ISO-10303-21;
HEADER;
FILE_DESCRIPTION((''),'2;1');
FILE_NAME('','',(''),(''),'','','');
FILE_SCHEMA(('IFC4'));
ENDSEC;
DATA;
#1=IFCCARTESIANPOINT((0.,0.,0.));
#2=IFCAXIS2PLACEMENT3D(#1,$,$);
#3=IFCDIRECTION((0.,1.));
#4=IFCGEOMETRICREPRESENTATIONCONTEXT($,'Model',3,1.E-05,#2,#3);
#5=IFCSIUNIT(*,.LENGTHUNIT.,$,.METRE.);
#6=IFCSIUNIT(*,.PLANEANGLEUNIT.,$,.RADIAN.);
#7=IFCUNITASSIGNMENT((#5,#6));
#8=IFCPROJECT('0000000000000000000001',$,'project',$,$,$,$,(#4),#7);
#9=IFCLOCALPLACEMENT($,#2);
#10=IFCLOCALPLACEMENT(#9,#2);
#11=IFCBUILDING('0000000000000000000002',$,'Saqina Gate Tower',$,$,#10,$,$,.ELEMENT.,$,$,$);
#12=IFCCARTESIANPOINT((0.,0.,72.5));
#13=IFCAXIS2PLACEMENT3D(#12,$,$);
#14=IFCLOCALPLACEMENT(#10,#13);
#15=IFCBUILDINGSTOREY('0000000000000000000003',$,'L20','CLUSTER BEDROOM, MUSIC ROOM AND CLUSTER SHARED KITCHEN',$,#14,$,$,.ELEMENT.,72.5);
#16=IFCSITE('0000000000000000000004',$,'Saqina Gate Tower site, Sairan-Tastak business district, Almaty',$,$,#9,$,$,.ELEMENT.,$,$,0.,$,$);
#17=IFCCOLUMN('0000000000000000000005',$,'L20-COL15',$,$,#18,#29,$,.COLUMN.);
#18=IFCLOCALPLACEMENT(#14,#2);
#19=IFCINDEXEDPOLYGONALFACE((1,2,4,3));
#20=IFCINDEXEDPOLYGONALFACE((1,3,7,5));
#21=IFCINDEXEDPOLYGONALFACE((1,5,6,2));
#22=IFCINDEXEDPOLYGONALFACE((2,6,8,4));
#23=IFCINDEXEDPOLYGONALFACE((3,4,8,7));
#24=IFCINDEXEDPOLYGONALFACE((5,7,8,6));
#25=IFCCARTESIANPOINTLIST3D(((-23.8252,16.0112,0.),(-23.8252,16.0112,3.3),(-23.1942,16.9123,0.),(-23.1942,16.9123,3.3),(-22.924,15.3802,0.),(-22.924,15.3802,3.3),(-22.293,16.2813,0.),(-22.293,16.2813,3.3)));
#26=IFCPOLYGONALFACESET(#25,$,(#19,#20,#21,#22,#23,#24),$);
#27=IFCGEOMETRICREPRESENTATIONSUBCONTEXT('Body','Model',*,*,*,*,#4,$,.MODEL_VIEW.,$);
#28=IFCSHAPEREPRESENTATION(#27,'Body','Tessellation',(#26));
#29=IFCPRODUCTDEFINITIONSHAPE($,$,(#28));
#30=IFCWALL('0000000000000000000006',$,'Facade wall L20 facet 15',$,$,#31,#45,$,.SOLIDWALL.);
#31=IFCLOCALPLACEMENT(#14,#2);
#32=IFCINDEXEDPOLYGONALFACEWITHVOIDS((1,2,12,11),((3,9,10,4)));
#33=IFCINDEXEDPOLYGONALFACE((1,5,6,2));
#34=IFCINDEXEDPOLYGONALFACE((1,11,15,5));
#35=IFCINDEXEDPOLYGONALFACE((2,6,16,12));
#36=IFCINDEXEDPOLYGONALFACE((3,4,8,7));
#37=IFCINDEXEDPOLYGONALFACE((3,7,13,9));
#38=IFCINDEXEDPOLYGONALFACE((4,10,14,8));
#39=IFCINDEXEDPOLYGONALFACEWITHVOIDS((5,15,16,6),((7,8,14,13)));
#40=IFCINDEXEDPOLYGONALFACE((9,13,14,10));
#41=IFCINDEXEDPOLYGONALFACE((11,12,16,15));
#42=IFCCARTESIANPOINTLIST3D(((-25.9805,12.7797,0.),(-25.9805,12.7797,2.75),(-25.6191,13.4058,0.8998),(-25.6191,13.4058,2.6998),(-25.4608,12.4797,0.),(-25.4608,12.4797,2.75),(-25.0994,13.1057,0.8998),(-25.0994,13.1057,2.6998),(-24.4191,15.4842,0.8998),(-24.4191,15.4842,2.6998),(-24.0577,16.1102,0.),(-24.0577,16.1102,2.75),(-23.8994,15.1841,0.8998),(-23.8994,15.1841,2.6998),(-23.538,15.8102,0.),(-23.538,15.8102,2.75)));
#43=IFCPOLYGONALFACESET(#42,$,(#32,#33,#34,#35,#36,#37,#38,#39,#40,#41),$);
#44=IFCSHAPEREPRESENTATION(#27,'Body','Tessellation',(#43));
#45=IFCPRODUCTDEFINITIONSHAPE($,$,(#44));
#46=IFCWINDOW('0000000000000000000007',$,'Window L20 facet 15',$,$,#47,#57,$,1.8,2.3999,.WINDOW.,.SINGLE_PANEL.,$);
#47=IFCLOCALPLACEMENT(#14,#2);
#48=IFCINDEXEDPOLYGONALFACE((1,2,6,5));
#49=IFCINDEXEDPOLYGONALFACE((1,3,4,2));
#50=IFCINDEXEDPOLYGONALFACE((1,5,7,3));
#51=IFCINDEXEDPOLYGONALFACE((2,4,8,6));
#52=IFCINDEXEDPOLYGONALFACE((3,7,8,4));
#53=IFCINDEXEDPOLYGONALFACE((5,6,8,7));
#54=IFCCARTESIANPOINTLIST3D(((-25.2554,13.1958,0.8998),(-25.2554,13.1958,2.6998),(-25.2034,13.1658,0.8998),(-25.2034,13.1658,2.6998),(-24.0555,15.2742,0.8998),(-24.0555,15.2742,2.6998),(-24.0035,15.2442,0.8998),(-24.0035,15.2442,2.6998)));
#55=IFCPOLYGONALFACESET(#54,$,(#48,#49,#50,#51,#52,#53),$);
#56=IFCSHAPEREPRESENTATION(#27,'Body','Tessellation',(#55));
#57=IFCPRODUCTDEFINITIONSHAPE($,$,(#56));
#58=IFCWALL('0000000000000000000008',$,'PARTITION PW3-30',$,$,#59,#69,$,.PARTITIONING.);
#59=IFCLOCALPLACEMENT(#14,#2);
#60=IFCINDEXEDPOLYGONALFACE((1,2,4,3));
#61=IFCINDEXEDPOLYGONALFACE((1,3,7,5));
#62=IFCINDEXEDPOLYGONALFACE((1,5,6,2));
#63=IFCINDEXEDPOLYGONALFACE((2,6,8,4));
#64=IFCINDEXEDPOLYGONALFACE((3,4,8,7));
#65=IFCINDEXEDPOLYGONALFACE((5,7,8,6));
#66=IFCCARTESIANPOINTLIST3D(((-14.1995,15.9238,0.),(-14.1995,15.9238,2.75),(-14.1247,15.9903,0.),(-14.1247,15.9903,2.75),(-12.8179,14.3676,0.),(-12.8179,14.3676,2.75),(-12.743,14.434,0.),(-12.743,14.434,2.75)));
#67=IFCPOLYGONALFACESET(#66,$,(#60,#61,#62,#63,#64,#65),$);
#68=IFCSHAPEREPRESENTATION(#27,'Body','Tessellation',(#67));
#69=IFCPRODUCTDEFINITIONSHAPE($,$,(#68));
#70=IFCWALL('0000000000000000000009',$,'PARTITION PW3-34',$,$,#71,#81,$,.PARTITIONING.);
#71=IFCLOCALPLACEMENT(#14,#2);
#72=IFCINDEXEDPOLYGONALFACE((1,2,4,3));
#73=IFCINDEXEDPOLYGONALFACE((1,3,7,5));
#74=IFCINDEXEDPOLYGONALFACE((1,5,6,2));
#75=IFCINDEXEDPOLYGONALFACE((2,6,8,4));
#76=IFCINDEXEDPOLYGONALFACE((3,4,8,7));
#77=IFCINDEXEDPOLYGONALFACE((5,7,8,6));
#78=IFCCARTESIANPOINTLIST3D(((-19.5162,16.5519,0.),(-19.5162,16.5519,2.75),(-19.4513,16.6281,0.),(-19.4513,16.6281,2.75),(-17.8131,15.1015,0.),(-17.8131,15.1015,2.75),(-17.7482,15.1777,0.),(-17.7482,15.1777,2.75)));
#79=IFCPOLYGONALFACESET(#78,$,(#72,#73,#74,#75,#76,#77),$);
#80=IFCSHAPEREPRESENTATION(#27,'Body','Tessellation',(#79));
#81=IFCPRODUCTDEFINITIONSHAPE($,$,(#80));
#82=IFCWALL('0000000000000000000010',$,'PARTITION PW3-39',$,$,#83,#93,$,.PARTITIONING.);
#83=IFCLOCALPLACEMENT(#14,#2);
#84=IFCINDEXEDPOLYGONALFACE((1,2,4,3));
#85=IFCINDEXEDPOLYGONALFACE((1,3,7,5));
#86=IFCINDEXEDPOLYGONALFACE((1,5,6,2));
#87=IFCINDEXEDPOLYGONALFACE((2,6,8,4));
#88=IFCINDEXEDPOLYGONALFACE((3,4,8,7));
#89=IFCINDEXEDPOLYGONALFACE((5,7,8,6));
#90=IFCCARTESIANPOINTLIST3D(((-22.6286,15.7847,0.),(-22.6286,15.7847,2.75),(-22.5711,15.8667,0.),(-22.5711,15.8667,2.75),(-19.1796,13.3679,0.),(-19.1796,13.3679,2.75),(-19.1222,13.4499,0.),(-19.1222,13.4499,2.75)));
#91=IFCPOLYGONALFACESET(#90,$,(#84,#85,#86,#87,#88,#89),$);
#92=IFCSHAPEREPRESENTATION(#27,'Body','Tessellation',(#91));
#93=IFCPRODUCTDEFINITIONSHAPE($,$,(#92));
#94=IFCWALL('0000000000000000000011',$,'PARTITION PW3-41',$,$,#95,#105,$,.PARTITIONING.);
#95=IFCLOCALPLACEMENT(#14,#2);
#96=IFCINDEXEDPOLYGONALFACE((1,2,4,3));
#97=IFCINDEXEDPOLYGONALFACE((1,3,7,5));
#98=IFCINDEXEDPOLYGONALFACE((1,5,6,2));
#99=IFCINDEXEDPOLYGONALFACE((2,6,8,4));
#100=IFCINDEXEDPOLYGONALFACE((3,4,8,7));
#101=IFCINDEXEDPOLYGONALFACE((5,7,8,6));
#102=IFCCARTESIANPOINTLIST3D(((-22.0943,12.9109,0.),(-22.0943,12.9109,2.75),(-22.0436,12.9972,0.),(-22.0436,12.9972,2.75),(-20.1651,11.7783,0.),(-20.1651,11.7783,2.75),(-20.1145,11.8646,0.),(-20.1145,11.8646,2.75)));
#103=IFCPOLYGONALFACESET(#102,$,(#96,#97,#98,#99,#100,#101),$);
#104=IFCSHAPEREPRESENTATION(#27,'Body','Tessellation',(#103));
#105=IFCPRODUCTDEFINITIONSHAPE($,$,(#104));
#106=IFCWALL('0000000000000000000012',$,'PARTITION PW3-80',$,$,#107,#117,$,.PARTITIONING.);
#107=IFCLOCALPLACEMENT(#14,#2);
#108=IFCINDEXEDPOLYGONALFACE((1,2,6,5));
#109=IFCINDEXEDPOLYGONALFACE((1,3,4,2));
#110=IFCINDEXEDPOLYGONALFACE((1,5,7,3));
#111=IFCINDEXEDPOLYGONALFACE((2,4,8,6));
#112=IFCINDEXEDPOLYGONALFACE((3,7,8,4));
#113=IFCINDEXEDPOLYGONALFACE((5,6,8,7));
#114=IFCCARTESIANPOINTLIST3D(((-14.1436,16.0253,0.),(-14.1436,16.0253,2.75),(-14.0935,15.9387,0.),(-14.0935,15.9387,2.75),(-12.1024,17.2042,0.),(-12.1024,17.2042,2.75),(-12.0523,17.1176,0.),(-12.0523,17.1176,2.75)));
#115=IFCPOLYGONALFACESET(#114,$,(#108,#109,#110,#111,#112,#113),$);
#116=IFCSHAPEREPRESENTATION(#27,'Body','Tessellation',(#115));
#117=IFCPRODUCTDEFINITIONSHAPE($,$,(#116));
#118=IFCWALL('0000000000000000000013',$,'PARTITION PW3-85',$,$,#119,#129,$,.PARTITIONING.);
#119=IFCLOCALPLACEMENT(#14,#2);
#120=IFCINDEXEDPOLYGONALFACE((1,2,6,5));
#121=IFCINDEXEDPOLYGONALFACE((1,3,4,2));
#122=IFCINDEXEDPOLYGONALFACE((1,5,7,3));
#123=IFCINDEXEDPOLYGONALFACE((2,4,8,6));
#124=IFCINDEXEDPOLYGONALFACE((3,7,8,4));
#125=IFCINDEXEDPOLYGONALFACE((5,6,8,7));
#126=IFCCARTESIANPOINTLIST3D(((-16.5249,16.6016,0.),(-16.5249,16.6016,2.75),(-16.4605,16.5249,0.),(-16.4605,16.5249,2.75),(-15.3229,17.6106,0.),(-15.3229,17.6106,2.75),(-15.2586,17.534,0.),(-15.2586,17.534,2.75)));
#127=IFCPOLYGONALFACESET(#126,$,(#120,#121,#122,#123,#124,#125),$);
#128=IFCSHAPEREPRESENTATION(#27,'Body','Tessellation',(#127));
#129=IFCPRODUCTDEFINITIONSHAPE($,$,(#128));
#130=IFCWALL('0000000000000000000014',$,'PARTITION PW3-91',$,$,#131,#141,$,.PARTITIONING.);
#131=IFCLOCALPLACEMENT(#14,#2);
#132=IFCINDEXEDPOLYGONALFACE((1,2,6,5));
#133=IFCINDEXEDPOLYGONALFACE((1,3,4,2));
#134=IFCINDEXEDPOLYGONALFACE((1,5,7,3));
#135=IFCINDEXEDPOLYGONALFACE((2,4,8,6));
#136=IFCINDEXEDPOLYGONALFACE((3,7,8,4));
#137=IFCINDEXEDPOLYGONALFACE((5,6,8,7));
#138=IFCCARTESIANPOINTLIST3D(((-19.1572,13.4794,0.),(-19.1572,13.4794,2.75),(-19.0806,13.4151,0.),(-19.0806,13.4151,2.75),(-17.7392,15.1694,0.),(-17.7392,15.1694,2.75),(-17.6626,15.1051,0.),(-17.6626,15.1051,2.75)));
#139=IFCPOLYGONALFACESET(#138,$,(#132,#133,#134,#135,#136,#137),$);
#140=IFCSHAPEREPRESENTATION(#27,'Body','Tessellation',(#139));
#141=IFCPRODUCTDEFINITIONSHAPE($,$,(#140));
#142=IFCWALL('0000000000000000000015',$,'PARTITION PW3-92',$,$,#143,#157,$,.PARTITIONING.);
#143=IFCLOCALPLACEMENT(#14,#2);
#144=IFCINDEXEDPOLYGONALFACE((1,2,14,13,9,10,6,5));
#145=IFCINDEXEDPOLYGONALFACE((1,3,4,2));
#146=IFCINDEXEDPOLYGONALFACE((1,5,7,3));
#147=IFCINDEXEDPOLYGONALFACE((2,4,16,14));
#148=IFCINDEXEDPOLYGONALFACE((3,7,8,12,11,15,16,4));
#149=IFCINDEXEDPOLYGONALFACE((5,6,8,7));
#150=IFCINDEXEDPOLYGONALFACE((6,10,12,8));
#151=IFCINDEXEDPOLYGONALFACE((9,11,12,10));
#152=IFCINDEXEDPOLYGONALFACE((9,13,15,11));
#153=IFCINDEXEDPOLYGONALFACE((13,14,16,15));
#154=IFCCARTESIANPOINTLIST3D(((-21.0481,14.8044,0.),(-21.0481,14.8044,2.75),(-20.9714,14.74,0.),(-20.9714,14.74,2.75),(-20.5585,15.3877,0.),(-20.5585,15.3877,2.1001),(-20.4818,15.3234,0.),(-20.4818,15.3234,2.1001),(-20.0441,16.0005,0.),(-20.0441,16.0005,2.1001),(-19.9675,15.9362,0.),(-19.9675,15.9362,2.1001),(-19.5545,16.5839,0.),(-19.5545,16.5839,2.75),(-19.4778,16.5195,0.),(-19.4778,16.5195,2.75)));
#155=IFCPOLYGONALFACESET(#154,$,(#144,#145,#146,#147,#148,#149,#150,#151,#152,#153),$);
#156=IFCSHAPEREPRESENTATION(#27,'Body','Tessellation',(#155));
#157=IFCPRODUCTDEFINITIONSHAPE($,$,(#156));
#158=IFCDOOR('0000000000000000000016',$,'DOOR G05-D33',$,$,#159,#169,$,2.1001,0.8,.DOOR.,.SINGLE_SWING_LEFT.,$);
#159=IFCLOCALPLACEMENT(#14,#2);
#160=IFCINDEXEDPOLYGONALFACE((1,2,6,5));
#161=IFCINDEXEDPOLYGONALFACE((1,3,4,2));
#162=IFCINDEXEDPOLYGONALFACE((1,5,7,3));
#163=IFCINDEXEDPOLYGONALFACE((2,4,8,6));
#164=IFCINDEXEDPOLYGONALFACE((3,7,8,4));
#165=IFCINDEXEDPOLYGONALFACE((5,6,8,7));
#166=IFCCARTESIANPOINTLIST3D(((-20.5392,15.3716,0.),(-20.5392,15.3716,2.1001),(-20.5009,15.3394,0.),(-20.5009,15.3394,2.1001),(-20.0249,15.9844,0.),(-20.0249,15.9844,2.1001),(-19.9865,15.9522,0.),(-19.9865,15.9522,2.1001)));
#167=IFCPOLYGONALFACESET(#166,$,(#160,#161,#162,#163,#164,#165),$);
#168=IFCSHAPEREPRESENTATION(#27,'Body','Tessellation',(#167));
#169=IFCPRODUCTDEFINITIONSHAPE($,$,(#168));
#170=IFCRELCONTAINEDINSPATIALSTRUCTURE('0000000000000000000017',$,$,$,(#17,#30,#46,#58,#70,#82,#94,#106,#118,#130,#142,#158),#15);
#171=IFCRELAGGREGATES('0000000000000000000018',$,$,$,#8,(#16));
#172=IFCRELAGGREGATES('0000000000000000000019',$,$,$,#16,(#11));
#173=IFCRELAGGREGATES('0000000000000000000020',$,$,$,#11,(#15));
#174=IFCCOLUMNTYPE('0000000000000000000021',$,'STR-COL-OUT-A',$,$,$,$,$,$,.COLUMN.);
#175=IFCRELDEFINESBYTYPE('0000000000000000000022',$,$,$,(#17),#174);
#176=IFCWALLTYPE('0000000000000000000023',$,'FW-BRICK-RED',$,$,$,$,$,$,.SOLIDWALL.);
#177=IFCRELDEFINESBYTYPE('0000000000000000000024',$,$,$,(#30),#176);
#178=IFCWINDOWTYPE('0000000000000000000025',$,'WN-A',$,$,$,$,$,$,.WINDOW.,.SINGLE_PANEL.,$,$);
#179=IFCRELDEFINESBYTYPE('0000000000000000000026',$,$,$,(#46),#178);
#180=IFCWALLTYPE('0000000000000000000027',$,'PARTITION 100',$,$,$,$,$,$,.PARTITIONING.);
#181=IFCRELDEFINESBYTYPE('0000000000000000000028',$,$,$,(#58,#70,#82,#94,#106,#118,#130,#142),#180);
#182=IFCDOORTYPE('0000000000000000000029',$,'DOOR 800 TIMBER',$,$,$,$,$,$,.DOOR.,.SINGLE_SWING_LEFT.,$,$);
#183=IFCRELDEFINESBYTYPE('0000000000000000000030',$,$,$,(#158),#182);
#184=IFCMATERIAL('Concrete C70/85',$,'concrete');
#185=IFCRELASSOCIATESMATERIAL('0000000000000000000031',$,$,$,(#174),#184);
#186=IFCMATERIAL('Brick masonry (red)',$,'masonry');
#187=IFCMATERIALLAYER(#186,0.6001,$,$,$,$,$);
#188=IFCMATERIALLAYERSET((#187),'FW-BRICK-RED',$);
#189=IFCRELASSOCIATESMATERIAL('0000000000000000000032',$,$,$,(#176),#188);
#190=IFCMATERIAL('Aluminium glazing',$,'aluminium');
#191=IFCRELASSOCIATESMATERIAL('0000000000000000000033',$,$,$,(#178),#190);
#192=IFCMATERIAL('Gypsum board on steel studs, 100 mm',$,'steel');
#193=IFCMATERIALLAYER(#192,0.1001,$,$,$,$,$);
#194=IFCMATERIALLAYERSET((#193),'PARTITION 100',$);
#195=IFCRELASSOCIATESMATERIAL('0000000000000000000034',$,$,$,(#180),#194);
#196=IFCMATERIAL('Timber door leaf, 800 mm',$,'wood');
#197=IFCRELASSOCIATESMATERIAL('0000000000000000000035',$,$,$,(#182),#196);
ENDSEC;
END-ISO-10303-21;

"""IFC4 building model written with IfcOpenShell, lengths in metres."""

from ifc_helpers import new_model, si_unit, direction, frame, frame_2d, origin, origin_2d, place, context, subcontext, project, spatial, rectangle, extrude, material, layer, layer_set, material_profile, profile_set, type_object, element, fill, save


model = new_model("IFC4")

# Units and contexts
model_context = context("Model", 3, precision=1e-05, world=origin(), true_north=direction((0.0, 1.0)))
body_context = subcontext(model_context, "Body", "Model", "MODEL_VIEW")
ifc_project = project(units=[si_unit("LENGTHUNIT", "METRE"), si_unit("PLANEANGLEUNIT", "RADIAN")], contexts=[model_context])

# Site, building, storey
site_placement = place(None, origin())
site = spatial("IfcSite", under=ifc_project, at=site_placement, Name="Saqina Gate Tower site, Sairan-Tastak business district, Almaty", CompositionType="ELEMENT", RefElevation=0.0)
building_placement = place(site_placement, origin())
building = spatial("IfcBuilding", under=site, at=building_placement, Name="Saqina Gate Tower", CompositionType="ELEMENT")
storey_placement = place(building_placement, frame((0.0, 0.0, 72.5)))
storey = spatial("IfcBuildingStorey", under=building, at=storey_placement, Name="L20", Description="CLUSTER BEDROOM, MUSIC ROOM AND CLUSTER SHARED KITCHEN", CompositionType="ELEMENT", Elevation=72.5)

# Column
ifc_material_1 = material(Name="Concrete C70/85", Category="concrete")
ifc_material_profile = material_profile(ifc_material_1, rectangle(XDim=1.1001, YDim=1.1001, at=origin_2d()), Name="RC 1100x1100")
ifc_profile_set = profile_set([ifc_material_profile], Name="Concrete C70/85")
column_type = type_object("IfcColumnType", Name="STR-COL-OUT-A", PredefinedType="COLUMN", material=ifc_profile_set)
column_placement = place(storey_placement, frame((-23.0591, 16.1462, 0.0), z_axis=(0.0, 0.0, 1.0), x_axis=(-0.819152, 0.573576, 0.0)))
element("IfcColumn", 1, at=column_placement, inside=storey, type_object=column_type, Name="L20-COL15", PredefinedType="COLUMN", context=body_context, shape_type="SweptSolid", body=[
    extrude(rectangle(XDim=1.1001, YDim=1.1001, at=origin_2d()), origin(), (0.0, 0.0, 1.0), 3.3),
])

# Wall, opening, window
ifc_material_2 = material(Name="Brick masonry (red)", Category="masonry")
ifc_layer_1 = layer(ifc_material_2, 0.6001)
ifc_layer_set_1 = layer_set([ifc_layer_1], Name="FW-BRICK-RED")
wall_type_1 = type_object("IfcWallType", Name="FW-BRICK-RED", PredefinedType="SOLIDWALL", material=ifc_layer_set_1)
wall_1_placement = place(storey_placement, frame((-23.7979, 15.9602, 0.0), z_axis=(0.0, 0.0, 1.0), x_axis=(-0.49999, -0.866031, 0.0)))
wall_1 = element("IfcWall", 2, at=wall_1_placement, inside=storey, type_object=wall_type_1, Name="Facade wall L20 facet 15", PredefinedType="SOLIDWALL", context=body_context, shape_type="SweptSolid", body=[
    extrude(rectangle(XDim=3.8457, YDim=0.6001, at=frame_2d((1.9229, 0.0))), origin(), (0.0, 0.0, 1.0), 2.75),
])
opening_1_placement = place(wall_1_placement, frame((0.7229, 0.0, 0.8999)))
opening_1 = element("IfcOpeningElement", 3, at=opening_1_placement, cuts=wall_1, PredefinedType="OPENING", context=body_context, shape_type="SweptSolid", body=[
    extrude(rectangle(XDim=2.3999, YDim=1.8, at=frame_2d((1.2, 0.8999))), frame((0.0, 0.312, 0.0), z_axis=(0.0, -1.0, 0.0), x_axis=(1.0, 0.0, 0.0)), (0.0, 0.0, 1.0), 0.624),
])
ifc_material_3 = material(Name="Aluminium glazing", Category="aluminium")
window_type = type_object("IfcWindowType", Name="WN-A", PartitioningType="SINGLE_PANEL", PredefinedType="WINDOW", material=ifc_material_3)
window_placement = place(opening_1_placement, origin())
window = element("IfcWindow", 4, at=window_placement, inside=storey, type_object=window_type, Name="Window L20 facet 15", OverallHeight=1.8, OverallWidth=2.3999, PartitioningType="SINGLE_PANEL", PredefinedType="WINDOW", context=body_context, shape_type="SweptSolid", body=[
    extrude(rectangle(XDim=2.3999, YDim=1.8, at=frame_2d((1.2, 0.8999))), frame((0.0, 0.1799, 0.0), z_axis=(0.0, -1.0, 0.0), x_axis=(1.0, 0.0, 0.0)), (0.0, 0.0, 1.0), 0.0601),
])
fill(opening_1, window)

# Walls
ifc_material_4 = material(Name="Gypsum board on steel studs, 100 mm", Category="steel")
ifc_layer_2 = layer(ifc_material_4, 0.1001)
ifc_layer_set_2 = layer_set([ifc_layer_2], Name="PARTITION 100")
wall_type_2 = type_object("IfcWallType", Name="PARTITION 100", PredefinedType="PARTITIONING", material=ifc_layer_set_2)
wall_2_placement = place(storey_placement, frame((-14.1621, 15.957, 0.0), z_axis=(0.0, 0.0, 1.0), x_axis=(0.66392, -0.747804, 0.0)))
element("IfcWall", 5, at=wall_2_placement, inside=storey, type_object=wall_type_2, Name="PARTITION PW3-30", PredefinedType="PARTITIONING", context=body_context, shape_type="SweptSolid", body=[
    extrude(rectangle(XDim=2.0811, YDim=0.1001, at=frame_2d((1.0405, 0.0))), origin(), (0.0, 0.0, 1.0), 2.75),
])
wall_3_placement = place(storey_placement, frame((-19.4839, 16.5901, 0.0), z_axis=(0.0, 0.0, 1.0), x_axis=(0.761325, -0.64837, 0.0)))
element("IfcWall", 6, at=wall_3_placement, inside=storey, type_object=wall_type_2, Name="PARTITION PW3-34", PredefinedType="PARTITIONING", context=body_context, shape_type="SweptSolid", body=[
    extrude(rectangle(XDim=2.2371, YDim=0.1001, at=frame_2d((1.1187, 0.0))), origin(), (0.0, 0.0, 1.0), 2.75),
])
wall_4_placement = place(storey_placement, frame((-22.5999, 15.8257, 0.0), z_axis=(0.0, 0.0, 1.0), x_axis=(0.818957, -0.573855, 0.0)))
element("IfcWall", 7, at=wall_4_placement, inside=storey, type_object=wall_type_2, Name="PARTITION PW3-39", PredefinedType="PARTITIONING", context=body_context, shape_type="SweptSolid", body=[
    extrude(rectangle(XDim=4.2114, YDim=0.1001, at=frame_2d((2.1057, 0.0))), origin(), (0.0, 0.0, 1.0), 2.75),
])
wall_5_placement = place(storey_placement, frame((-22.0691, 12.9541, 0.0), z_axis=(0.0, 0.0, 1.0), x_axis=(0.862374, -0.506271, 0.0)))
element("IfcWall", 8, at=wall_5_placement, inside=storey, type_object=wall_type_2, Name="PARTITION PW3-41", PredefinedType="PARTITIONING", context=body_context, shape_type="SweptSolid", body=[
    extrude(rectangle(XDim=2.2371, YDim=0.1001, at=frame_2d((1.1187, 0.0))), origin(), (0.0, 0.0, 1.0), 2.75),
])
wall_6_placement = place(storey_placement, frame((-14.1187, 15.9819, 0.0), z_axis=(0.0, 0.0, 1.0), x_axis=(0.865946, 0.500138, 0.0)))
element("IfcWall", 9, at=wall_6_placement, inside=storey, type_object=wall_type_2, Name="PARTITION PW3-80", PredefinedType="PARTITIONING", context=body_context, shape_type="SweptSolid", body=[
    extrude(rectangle(XDim=2.3572, YDim=0.1001, at=frame_2d((1.1787, 0.0))), origin(), (0.0, 0.0, 1.0), 2.75),
])
wall_7_placement = place(storey_placement, frame((-16.4927, 16.5632, 0.0), z_axis=(0.0, 0.0, 1.0), x_axis=(0.765883, 0.64298, 0.0)))
element("IfcWall", 10, at=wall_7_placement, inside=storey, type_object=wall_type_2, Name="PARTITION PW3-85", PredefinedType="PARTITIONING", context=body_context, shape_type="SweptSolid", body=[
    extrude(rectangle(XDim=1.5693, YDim=0.1001, at=frame_2d((0.7847, 0.0))), origin(), (0.0, 0.0, 1.0), 2.75),
])
wall_8_placement = place(storey_placement, frame((-19.1189, 13.4473, 0.0), z_axis=(0.0, 0.0, 1.0), x_axis=(0.642772, 0.766058, 0.0)))
element("IfcWall", 11, at=wall_8_placement, inside=storey, type_object=wall_type_2, Name="PARTITION PW3-91", PredefinedType="PARTITIONING", context=body_context, shape_type="SweptSolid", body=[
    extrude(rectangle(XDim=2.2061, YDim=0.1001, at=frame_2d((1.103, 0.0))), origin(), (0.0, 0.0, 1.0), 2.75),
])

# Wall, opening, door
wall_9_placement = place(storey_placement, frame((-21.0098, 14.7722, 0.0), z_axis=(0.0, 0.0, 1.0), x_axis=(0.642899, 0.765951, 0.0)))
wall_9 = element("IfcWall", 12, at=wall_9_placement, inside=storey, type_object=wall_type_2, Name="PARTITION PW3-92", PredefinedType="PARTITIONING", context=body_context, shape_type="SweptSolid", body=[
    extrude(rectangle(XDim=2.3232, YDim=0.1001, at=frame_2d((1.1616, 0.0))), origin(), (0.0, 0.0, 1.0), 2.75),
])
opening_2_placement = place(wall_9_placement, frame((0.7617, 0.0, 0.0)))
opening_2 = element("IfcOpeningElement", 13, at=opening_2_placement, cuts=wall_9, PredefinedType="OPENING", context=body_context, shape_type="SweptSolid", body=[
    extrude(rectangle(XDim=0.8, YDim=2.1001, at=frame_2d((0.3999, 1.05))), frame((0.0, 0.062, 0.0), z_axis=(0.0, -1.0, 0.0), x_axis=(1.0, 0.0, 0.0)), (0.0, 0.0, 1.0), 0.124),
])
ifc_material_5 = material(Name="Timber door leaf, 800 mm", Category="wood")
door_type_1 = type_object("IfcDoorType", Name="DOOR 800 TIMBER", OperationType="SINGLE_SWING_LEFT", PredefinedType="DOOR", material=ifc_material_5)
door_1_placement = place(opening_2_placement, origin())
door_1 = element("IfcDoor", 14, at=door_1_placement, inside=storey, type_object=door_type_1, Name="DOOR G05-D33", OperationType="SINGLE_SWING_LEFT", OverallHeight=2.1001, OverallWidth=0.8, PredefinedType="DOOR", context=body_context, shape_type="SweptSolid", body=[
    extrude(rectangle(XDim=0.8, YDim=2.1001, at=frame_2d((0.3999, 1.05))), frame((0.0, 0.0249, 0.0), z_axis=(0.0, -1.0, 0.0), x_axis=(1.0, 0.0, 0.0)), (0.0, 0.0, 1.0), 0.05),
])
fill(opening_2, door_1)

save(model, "model.ifc")
